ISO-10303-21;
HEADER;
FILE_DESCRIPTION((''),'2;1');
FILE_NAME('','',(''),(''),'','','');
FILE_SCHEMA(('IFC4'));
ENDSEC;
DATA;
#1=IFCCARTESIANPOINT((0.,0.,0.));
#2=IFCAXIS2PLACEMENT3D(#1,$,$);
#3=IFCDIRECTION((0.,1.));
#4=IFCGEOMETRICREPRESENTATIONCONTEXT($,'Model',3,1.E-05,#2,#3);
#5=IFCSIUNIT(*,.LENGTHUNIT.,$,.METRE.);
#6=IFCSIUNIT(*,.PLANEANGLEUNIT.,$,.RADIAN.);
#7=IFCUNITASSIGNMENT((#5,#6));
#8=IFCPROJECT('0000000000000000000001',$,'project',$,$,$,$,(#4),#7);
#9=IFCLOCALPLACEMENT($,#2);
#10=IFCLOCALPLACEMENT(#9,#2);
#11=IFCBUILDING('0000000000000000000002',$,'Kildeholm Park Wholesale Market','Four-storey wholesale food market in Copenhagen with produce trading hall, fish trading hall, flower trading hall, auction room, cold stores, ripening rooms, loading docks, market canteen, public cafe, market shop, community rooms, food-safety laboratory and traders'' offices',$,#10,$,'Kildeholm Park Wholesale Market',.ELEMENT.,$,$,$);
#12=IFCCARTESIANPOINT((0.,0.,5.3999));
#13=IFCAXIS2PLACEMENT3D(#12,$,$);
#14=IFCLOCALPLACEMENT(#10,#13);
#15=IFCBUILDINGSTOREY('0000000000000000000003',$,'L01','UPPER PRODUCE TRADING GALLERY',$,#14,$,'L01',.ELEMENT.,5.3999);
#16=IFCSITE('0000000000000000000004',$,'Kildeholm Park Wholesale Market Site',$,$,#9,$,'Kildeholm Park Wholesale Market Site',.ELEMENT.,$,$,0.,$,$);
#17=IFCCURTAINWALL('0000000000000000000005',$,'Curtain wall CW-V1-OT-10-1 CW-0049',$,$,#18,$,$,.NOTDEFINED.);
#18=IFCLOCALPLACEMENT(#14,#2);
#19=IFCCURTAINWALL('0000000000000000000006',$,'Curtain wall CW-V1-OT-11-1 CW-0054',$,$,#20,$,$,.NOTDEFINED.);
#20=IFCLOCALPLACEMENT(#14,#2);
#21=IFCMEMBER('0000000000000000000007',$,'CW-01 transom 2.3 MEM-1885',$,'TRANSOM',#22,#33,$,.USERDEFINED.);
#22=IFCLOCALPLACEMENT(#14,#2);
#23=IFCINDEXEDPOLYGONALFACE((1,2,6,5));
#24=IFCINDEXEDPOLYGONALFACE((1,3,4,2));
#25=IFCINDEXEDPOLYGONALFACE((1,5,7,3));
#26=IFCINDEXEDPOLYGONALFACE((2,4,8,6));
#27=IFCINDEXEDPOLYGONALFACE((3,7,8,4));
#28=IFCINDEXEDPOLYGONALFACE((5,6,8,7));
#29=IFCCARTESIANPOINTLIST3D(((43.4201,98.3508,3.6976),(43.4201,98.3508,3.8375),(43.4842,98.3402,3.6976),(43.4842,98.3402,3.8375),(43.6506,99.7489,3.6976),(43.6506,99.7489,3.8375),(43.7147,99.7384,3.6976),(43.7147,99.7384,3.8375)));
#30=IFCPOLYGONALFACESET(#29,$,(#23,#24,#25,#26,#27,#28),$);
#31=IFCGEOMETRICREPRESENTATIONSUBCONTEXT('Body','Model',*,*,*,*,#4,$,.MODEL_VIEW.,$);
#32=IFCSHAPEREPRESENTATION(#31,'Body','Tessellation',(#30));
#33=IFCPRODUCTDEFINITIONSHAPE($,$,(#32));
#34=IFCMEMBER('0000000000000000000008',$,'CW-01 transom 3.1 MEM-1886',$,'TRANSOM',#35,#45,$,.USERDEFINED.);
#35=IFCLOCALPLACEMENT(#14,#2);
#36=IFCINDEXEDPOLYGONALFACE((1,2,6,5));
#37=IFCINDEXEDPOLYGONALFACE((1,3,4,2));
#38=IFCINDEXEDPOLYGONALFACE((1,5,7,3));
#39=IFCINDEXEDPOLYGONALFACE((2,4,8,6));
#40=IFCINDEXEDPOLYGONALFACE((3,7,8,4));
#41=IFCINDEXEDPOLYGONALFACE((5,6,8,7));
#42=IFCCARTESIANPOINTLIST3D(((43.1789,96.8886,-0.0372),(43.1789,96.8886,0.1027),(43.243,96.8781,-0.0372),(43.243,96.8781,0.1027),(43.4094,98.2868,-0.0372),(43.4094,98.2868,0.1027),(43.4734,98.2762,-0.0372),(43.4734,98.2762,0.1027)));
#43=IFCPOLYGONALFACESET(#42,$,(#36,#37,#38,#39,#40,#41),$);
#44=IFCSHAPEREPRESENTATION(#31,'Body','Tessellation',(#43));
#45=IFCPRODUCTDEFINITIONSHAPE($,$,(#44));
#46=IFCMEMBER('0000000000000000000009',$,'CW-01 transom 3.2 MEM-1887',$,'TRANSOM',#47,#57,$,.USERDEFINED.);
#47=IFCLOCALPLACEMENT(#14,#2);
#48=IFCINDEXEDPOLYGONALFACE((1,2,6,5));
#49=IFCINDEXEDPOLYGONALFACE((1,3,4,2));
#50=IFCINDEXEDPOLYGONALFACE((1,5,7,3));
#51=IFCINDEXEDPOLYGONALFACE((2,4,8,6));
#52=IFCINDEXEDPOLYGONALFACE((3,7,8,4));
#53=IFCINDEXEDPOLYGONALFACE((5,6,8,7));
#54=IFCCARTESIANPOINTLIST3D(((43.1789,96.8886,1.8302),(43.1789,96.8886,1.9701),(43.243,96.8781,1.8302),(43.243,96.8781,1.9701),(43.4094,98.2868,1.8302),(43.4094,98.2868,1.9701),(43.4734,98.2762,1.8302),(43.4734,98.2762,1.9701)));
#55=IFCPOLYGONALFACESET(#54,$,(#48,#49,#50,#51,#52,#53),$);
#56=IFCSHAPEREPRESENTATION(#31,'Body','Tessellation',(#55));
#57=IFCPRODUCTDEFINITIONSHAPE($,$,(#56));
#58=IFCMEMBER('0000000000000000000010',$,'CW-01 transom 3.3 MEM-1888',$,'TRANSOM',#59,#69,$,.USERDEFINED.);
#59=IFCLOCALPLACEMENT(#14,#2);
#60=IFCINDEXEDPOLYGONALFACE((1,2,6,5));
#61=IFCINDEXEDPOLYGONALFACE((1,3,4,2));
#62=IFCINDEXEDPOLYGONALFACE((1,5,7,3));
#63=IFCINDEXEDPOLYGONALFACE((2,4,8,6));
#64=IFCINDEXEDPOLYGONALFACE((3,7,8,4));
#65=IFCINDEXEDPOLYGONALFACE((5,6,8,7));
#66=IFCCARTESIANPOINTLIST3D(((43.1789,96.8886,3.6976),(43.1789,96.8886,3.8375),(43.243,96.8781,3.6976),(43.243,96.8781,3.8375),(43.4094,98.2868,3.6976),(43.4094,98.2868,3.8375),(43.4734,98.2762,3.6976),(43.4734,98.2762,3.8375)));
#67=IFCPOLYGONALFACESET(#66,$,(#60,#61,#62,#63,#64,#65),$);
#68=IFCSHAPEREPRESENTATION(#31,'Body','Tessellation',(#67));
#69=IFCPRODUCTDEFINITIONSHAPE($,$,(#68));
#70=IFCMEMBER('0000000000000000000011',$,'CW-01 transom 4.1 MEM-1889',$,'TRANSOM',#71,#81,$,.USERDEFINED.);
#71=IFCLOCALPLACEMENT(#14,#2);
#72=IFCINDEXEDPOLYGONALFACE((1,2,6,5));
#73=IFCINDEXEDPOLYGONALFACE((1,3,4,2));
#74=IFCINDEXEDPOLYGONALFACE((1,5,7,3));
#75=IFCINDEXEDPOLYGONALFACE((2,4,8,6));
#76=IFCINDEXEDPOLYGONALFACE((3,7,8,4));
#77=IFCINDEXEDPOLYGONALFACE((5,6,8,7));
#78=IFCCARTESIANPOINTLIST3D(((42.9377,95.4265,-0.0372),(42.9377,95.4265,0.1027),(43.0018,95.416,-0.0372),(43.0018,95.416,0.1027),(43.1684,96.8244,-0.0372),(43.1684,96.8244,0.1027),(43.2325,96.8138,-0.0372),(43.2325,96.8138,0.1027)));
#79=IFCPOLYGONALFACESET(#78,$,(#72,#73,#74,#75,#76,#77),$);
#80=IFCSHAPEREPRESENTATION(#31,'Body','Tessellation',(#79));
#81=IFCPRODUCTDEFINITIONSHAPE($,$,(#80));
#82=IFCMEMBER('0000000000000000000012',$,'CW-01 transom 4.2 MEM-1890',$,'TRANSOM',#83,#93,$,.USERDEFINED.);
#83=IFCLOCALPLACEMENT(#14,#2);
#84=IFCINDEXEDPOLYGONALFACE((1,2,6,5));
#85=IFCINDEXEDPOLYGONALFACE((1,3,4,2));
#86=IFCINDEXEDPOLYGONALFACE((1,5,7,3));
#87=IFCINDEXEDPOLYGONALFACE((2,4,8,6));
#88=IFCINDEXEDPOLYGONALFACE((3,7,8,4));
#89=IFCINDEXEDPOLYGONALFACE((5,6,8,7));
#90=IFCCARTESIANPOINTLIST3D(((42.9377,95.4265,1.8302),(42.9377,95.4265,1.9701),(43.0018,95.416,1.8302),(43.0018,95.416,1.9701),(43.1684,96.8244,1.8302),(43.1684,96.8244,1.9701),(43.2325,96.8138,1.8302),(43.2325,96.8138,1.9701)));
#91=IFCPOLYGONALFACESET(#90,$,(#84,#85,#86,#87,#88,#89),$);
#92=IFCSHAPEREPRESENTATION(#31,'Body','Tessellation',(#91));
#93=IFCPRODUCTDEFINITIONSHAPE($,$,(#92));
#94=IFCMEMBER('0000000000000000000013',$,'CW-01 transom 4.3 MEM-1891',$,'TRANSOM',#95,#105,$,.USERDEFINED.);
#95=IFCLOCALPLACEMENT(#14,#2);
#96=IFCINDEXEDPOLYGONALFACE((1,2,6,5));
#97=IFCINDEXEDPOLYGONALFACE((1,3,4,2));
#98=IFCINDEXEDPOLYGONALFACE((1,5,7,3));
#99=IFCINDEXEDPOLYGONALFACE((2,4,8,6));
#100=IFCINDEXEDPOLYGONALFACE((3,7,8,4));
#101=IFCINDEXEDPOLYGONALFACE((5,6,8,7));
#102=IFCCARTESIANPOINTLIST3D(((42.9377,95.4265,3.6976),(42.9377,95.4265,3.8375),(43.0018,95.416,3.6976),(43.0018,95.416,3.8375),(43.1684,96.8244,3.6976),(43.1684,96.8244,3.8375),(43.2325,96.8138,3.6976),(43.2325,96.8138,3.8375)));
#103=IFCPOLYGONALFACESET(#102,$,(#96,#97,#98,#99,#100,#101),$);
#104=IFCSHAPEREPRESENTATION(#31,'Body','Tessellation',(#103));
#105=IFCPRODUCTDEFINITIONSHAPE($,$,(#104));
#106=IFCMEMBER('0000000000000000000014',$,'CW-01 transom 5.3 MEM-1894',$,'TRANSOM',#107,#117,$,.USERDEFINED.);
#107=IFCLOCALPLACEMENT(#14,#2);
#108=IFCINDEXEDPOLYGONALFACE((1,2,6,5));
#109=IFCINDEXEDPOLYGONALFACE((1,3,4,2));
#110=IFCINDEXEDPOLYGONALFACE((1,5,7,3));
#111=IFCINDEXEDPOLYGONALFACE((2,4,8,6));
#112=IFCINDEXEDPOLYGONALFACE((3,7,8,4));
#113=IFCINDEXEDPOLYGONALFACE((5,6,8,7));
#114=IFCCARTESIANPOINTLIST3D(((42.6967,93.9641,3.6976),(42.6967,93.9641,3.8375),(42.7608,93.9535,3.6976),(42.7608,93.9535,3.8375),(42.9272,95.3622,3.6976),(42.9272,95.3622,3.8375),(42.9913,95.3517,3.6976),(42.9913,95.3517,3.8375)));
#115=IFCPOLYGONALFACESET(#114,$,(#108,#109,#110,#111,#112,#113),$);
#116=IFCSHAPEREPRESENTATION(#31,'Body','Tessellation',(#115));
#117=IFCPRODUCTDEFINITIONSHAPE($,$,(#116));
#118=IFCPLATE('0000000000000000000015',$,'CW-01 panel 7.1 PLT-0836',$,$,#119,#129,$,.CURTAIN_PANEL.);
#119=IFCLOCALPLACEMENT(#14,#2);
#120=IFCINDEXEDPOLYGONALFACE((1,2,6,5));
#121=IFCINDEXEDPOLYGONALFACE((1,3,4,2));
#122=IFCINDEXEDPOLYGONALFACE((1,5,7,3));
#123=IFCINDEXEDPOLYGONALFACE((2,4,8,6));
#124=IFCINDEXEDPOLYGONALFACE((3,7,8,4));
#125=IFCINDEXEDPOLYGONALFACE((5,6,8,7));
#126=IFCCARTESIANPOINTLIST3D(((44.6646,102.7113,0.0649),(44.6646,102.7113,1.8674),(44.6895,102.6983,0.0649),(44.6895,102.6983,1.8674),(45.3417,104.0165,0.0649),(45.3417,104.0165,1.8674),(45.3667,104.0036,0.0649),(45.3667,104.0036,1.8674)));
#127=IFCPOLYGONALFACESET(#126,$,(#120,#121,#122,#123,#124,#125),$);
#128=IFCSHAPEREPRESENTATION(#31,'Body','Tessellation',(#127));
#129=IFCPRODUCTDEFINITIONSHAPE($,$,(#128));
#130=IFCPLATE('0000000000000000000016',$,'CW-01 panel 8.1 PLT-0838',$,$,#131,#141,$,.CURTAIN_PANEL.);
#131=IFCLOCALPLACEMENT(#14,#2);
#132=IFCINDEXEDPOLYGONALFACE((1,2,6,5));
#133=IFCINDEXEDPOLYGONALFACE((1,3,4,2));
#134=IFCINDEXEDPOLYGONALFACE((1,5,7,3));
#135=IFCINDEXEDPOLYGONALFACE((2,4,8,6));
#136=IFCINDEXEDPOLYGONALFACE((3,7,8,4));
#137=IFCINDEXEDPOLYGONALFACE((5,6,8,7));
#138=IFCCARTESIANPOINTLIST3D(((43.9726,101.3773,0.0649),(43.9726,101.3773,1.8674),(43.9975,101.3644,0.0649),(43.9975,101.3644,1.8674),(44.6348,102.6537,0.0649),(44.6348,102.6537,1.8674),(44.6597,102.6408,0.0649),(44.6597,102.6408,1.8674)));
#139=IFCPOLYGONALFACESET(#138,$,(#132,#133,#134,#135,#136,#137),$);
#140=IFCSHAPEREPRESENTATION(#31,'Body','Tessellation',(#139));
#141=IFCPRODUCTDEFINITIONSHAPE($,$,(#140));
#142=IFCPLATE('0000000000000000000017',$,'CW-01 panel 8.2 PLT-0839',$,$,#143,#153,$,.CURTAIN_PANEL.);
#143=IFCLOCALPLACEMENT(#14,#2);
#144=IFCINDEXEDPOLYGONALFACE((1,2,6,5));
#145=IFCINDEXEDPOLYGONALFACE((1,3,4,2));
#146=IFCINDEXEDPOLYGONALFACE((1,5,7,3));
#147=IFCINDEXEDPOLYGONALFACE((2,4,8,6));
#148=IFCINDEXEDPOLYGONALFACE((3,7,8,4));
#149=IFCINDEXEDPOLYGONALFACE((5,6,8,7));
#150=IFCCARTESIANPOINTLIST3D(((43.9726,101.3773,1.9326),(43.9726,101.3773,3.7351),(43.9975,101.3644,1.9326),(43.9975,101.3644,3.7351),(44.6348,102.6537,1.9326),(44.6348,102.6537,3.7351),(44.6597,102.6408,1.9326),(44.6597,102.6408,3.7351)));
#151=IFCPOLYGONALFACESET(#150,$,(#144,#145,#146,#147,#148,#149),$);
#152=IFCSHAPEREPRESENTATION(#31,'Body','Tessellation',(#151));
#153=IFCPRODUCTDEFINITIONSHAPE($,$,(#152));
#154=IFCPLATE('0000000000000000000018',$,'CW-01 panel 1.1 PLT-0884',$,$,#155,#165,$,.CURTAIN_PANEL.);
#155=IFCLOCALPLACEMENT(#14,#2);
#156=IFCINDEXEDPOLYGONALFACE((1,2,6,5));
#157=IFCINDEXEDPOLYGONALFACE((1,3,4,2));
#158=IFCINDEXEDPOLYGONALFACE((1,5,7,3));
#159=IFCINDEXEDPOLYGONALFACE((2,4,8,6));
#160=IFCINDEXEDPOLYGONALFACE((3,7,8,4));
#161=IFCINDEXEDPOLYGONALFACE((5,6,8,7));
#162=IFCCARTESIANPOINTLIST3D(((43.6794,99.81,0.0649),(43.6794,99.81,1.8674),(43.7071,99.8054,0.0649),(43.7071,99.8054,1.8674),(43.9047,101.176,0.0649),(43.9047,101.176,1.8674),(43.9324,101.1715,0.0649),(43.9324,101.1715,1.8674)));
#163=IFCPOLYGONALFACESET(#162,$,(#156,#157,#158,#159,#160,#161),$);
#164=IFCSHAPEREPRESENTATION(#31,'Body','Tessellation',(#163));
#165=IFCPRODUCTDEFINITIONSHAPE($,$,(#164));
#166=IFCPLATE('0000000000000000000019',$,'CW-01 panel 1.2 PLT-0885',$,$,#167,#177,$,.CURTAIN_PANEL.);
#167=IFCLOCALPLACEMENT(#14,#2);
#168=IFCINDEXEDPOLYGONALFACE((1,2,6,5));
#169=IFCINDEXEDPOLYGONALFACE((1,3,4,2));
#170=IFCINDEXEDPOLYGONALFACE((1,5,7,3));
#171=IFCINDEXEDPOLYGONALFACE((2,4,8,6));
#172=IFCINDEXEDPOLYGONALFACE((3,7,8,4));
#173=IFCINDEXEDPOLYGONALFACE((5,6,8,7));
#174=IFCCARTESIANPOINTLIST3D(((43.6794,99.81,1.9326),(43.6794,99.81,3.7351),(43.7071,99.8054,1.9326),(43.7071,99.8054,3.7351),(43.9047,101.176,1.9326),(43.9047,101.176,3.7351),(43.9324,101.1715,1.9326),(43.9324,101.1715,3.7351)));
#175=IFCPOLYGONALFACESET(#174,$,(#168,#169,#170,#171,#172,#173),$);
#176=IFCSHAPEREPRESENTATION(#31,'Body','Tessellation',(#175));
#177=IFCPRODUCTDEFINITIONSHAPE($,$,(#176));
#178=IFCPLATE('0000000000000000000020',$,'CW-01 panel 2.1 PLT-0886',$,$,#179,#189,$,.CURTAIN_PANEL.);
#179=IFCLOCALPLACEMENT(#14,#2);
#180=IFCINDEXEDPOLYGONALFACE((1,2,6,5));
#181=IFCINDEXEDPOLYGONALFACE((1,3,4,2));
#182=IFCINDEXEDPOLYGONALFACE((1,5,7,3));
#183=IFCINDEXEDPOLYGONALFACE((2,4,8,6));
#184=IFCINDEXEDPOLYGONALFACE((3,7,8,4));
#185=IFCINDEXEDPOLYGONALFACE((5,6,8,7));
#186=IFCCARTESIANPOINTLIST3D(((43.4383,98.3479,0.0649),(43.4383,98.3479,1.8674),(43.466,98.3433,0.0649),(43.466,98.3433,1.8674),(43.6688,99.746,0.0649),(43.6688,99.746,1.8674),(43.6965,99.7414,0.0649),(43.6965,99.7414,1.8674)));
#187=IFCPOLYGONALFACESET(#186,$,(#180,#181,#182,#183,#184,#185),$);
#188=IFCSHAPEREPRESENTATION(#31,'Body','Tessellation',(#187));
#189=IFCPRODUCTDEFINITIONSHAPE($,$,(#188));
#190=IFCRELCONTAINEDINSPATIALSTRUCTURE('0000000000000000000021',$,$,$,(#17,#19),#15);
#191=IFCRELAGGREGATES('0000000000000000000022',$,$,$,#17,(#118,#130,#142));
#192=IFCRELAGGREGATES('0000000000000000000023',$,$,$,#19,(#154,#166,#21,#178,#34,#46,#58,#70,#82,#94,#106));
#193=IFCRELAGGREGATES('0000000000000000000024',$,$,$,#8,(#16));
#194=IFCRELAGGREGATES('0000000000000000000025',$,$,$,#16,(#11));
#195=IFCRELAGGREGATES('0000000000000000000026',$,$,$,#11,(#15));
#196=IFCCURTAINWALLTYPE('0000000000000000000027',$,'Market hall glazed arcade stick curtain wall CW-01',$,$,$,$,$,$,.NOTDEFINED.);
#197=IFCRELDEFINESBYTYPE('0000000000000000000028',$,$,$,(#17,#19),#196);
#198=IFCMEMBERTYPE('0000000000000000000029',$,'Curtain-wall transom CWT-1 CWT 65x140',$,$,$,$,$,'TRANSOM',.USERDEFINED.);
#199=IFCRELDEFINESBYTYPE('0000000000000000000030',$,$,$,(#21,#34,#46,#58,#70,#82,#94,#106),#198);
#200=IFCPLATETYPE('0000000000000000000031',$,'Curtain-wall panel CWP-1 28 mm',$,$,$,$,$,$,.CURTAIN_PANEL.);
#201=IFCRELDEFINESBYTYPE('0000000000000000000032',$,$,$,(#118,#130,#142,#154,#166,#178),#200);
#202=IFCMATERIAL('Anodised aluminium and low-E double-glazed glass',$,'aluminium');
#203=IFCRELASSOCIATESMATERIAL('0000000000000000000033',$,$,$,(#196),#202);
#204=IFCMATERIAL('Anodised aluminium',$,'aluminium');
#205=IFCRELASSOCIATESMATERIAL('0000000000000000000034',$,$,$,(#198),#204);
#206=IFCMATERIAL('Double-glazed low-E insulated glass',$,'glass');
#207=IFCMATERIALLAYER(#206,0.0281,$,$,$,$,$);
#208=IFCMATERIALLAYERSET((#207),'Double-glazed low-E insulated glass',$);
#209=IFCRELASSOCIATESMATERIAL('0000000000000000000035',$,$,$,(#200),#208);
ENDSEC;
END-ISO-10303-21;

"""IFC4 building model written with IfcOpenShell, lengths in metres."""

from ifc_helpers import new_model, si_unit, direction, frame, origin, origin_2d, place, context, subcontext, project, spatial, rectangle, extrude, material, layer, layer_set, material_profile, profile_set, type_object, element, aggregate, save


model = new_model("IFC4")

# Units and contexts
model_context = context("Model", 3, precision=1e-05, world=origin(), true_north=direction((0.0, 1.0)))
body_context = subcontext(model_context, "Body", "Model", "MODEL_VIEW")
ifc_project = project(units=[si_unit("LENGTHUNIT", "METRE"), si_unit("PLANEANGLEUNIT", "RADIAN")], contexts=[model_context])

# Site, building, storey
site_placement = place(None, origin())
site = spatial("IfcSite", under=ifc_project, at=site_placement, Name="Kildeholm Park Wholesale Market Site", LongName="Kildeholm Park Wholesale Market Site", CompositionType="ELEMENT", RefElevation=0.0)
building_placement = place(site_placement, origin())
building = spatial("IfcBuilding", under=site, at=building_placement, Name="Kildeholm Park Wholesale Market", Description="Four-storey wholesale food market in Copenhagen with produce trading hall, fish trading hall, flower trading hall, auction room, cold stores, ripening rooms, loading docks, market canteen, public cafe, market shop, community rooms, food-safety laboratory and traders' offices", LongName="Kildeholm Park Wholesale Market", CompositionType="ELEMENT")
storey_placement = place(building_placement, frame((0.0, 0.0, 5.3999)))
storey = spatial("IfcBuildingStorey", under=building, at=storey_placement, Name="L01", Description="UPPER PRODUCE TRADING GALLERY", LongName="L01", CompositionType="ELEMENT", Elevation=5.3999)

# Curtain walls
ifc_material_1 = material(Name="Anodised aluminium and low-E double-glazed glass", Category="aluminium")
curtain_wall_type = type_object("IfcCurtainWallType", Name="Market hall glazed arcade stick curtain wall CW-01", PredefinedType="NOTDEFINED", material=ifc_material_1)
curtain_wall_1_placement = place(storey_placement, origin())
curtain_wall_1 = element("IfcCurtainWall", 1, at=curtain_wall_1_placement, inside=storey, type_object=curtain_wall_type, Name="Curtain wall CW-V1-OT-10-1 CW-0049", PredefinedType="NOTDEFINED")
ifc_material_2 = material(Name="Anodised aluminium", Category="aluminium")
curtain_wall_2_placement = place(storey_placement, origin())
curtain_wall_2 = element("IfcCurtainWall", 2, at=curtain_wall_2_placement, inside=storey, type_object=curtain_wall_type, Name="Curtain wall CW-V1-OT-11-1 CW-0054", PredefinedType="NOTDEFINED")

# Members
ifc_material_profile_1 = material_profile(ifc_material_2, rectangle(XDim=0.0649, YDim=0.1399, at=origin_2d()), Name="CWT 65x140")
ifc_profile_set_1 = profile_set([ifc_material_profile_1], Name="Anodised aluminium")
member_type_1 = type_object("IfcMemberType", Name="Curtain-wall transom CWT-1 CWT 65x140", ElementType="TRANSOM", PredefinedType="USERDEFINED", material=ifc_profile_set_1)
member_1_placement = place(storey_placement, frame((43.6826, 99.7437, 3.7676), z_axis=(-0.162639, -0.986686, 0.0), x_axis=(0.986686, -0.162639, 0.0)))
member_1 = element("IfcMember", 3, at=member_1_placement, type_object=member_type_1, Name="CW-01 transom 2.3 MEM-1885", ObjectType="TRANSOM", PredefinedType="USERDEFINED", context=body_context, shape_type="SweptSolid", body=[
    extrude(rectangle(XDim=0.0649, YDim=0.1399, at=origin_2d()), origin(), (0.0, 0.0, 1.0), 1.417),
])
member_2_placement = place(storey_placement, frame((43.4414, 98.2815, 0.0327), z_axis=(-0.162639, -0.986686, 0.0), x_axis=(0.986686, -0.162639, 0.0)))
member_2 = element("IfcMember", 4, at=member_2_placement, type_object=member_type_1, Name="CW-01 transom 3.1 MEM-1886", ObjectType="TRANSOM", PredefinedType="USERDEFINED", context=body_context, shape_type="SweptSolid", body=[
    extrude(rectangle(XDim=0.0649, YDim=0.1399, at=origin_2d()), origin(), (0.0, 0.0, 1.0), 1.417),
])
member_3_placement = place(storey_placement, frame((43.4414, 98.2815, 1.9001), z_axis=(-0.162639, -0.986686, 0.0), x_axis=(0.986686, -0.162639, 0.0)))
member_3 = element("IfcMember", 5, at=member_3_placement, type_object=member_type_1, Name="CW-01 transom 3.2 MEM-1887", ObjectType="TRANSOM", PredefinedType="USERDEFINED", context=body_context, shape_type="SweptSolid", body=[
    extrude(rectangle(XDim=0.0649, YDim=0.1399, at=origin_2d()), origin(), (0.0, 0.0, 1.0), 1.417),
])
member_4_placement = place(storey_placement, frame((43.4414, 98.2815, 3.7676), z_axis=(-0.162639, -0.986686, 0.0), x_axis=(0.986686, -0.162639, 0.0)))
member_4 = element("IfcMember", 6, at=member_4_placement, type_object=member_type_1, Name="CW-01 transom 3.3 MEM-1888", ObjectType="TRANSOM", PredefinedType="USERDEFINED", context=body_context, shape_type="SweptSolid", body=[
    extrude(rectangle(XDim=0.0649, YDim=0.1399, at=origin_2d()), origin(), (0.0, 0.0, 1.0), 1.417),
])
member_5_placement = place(storey_placement, frame((43.2004, 96.8191, 0.0327), z_axis=(-0.162834, -0.986653, 0.0), x_axis=(0.986653, -0.162834, 0.0)))
member_5 = element("IfcMember", 7, at=member_5_placement, type_object=member_type_1, Name="CW-01 transom 4.1 MEM-1889", ObjectType="TRANSOM", PredefinedType="USERDEFINED", context=body_context, shape_type="SweptSolid", body=[
    extrude(rectangle(XDim=0.0649, YDim=0.1399, at=origin_2d()), origin(), (0.0, 0.0, 1.0), 1.4167),
])
member_6_placement = place(storey_placement, frame((43.2004, 96.8191, 1.9001), z_axis=(-0.162834, -0.986653, 0.0), x_axis=(0.986653, -0.162834, 0.0)))
member_6 = element("IfcMember", 8, at=member_6_placement, type_object=member_type_1, Name="CW-01 transom 4.2 MEM-1890", ObjectType="TRANSOM", PredefinedType="USERDEFINED", context=body_context, shape_type="SweptSolid", body=[
    extrude(rectangle(XDim=0.0649, YDim=0.1399, at=origin_2d()), origin(), (0.0, 0.0, 1.0), 1.4167),
])
member_7_placement = place(storey_placement, frame((43.2004, 96.8191, 3.7676), z_axis=(-0.162834, -0.986653, 0.0), x_axis=(0.986653, -0.162834, 0.0)))
member_7 = element("IfcMember", 9, at=member_7_placement, type_object=member_type_1, Name="CW-01 transom 4.3 MEM-1891", ObjectType="TRANSOM", PredefinedType="USERDEFINED", context=body_context, shape_type="SweptSolid", body=[
    extrude(rectangle(XDim=0.0649, YDim=0.1399, at=origin_2d()), origin(), (0.0, 0.0, 1.0), 1.4167),
])
member_8_placement = place(storey_placement, frame((42.9592, 95.3569, 3.7676), z_axis=(-0.162639, -0.986686, 0.0), x_axis=(0.986686, -0.162639, 0.0)))
member_8 = element("IfcMember", 10, at=member_8_placement, type_object=member_type_1, Name="CW-01 transom 5.3 MEM-1894", ObjectType="TRANSOM", PredefinedType="USERDEFINED", context=body_context, shape_type="SweptSolid", body=[
    extrude(rectangle(XDim=0.0649, YDim=0.1399, at=origin_2d()), origin(), (0.0, 0.0, 1.0), 1.417),
])

# Plates
ifc_material_3 = material(Name="Double-glazed low-E insulated glass", Category="glass")
ifc_layer = layer(ifc_material_3, 0.0281)
ifc_layer_set = layer_set([ifc_layer], Name="Double-glazed low-E insulated glass")
plate_type = type_object("IfcPlateType", Name="Curtain-wall panel CWP-1 28 mm", PredefinedType="CURTAIN_PANEL", material=ifc_layer_set)
plate_1_placement = place(storey_placement, frame((45.0156, 103.3574, 0.0649), z_axis=(0.0, 0.0, 1.0), x_axis=(-0.460514, -0.887652, 0.0)))
plate_1 = element("IfcPlate", 11, at=plate_1_placement, type_object=plate_type, Name="CW-01 panel 7.1 PLT-0836", PredefinedType="CURTAIN_PANEL", context=body_context, shape_type="SweptSolid", body=[
    extrude(rectangle(XDim=1.4705, YDim=0.0281, at=origin_2d()), origin(), (0.0, 0.0, 1.0), 1.8025),
])
plate_2_placement = place(storey_placement, frame((44.3162, 102.009, 0.0649), z_axis=(0.0, 0.0, 1.0), x_axis=(-0.460514, -0.887652, 0.0)))
plate_2 = element("IfcPlate", 12, at=plate_2_placement, type_object=plate_type, Name="CW-01 panel 8.1 PLT-0838", PredefinedType="CURTAIN_PANEL", context=body_context, shape_type="SweptSolid", body=[
    extrude(rectangle(XDim=1.438, YDim=0.0281, at=origin_2d()), origin(), (0.0, 0.0, 1.0), 1.8025),
])
plate_3_placement = place(storey_placement, frame((44.3162, 102.009, 1.9326), z_axis=(0.0, 0.0, 1.0), x_axis=(-0.460514, -0.887652, 0.0)))
plate_3 = element("IfcPlate", 13, at=plate_3_placement, type_object=plate_type, Name="CW-01 panel 8.2 PLT-0839", PredefinedType="CURTAIN_PANEL", context=body_context, shape_type="SweptSolid", body=[
    extrude(rectangle(XDim=1.438, YDim=0.0281, at=origin_2d()), origin(), (0.0, 0.0, 1.0), 1.8025),
])
aggregate(curtain_wall_1, [plate_1, plate_2, plate_3])
plate_4_placement = place(storey_placement, frame((43.8059, 100.4907, 0.0649), z_axis=(0.0, 0.0, 1.0), x_axis=(-0.162703, -0.986675, 0.0)))
plate_4 = element("IfcPlate", 14, at=plate_4_placement, type_object=plate_type, Name="CW-01 panel 1.1 PLT-0884", PredefinedType="CURTAIN_PANEL", context=body_context, shape_type="SweptSolid", body=[
    extrude(rectangle(XDim=1.3845, YDim=0.0281, at=origin_2d()), origin(), (0.0, 0.0, 1.0), 1.8025),
])
plate_5_placement = place(storey_placement, frame((43.8059, 100.4907, 1.9326), z_axis=(0.0, 0.0, 1.0), x_axis=(-0.162703, -0.986675, 0.0)))
plate_5 = element("IfcPlate", 15, at=plate_5_placement, type_object=plate_type, Name="CW-01 panel 1.2 PLT-0885", PredefinedType="CURTAIN_PANEL", context=body_context, shape_type="SweptSolid", body=[
    extrude(rectangle(XDim=1.3845, YDim=0.0281, at=origin_2d()), origin(), (0.0, 0.0, 1.0), 1.8025),
])
plate_6_placement = place(storey_placement, frame((43.5674, 99.0447, 0.0649), z_axis=(0.0, 0.0, 1.0), x_axis=(-0.162703, -0.986675, 0.0)))
plate_6 = element("IfcPlate", 16, at=plate_6_placement, type_object=plate_type, Name="CW-01 panel 2.1 PLT-0886", PredefinedType="CURTAIN_PANEL", context=body_context, shape_type="SweptSolid", body=[
    extrude(rectangle(XDim=1.417, YDim=0.0281, at=origin_2d()), origin(), (0.0, 0.0, 1.0), 1.8025),
])
aggregate(curtain_wall_2, [plate_4, plate_5, member_1, plate_6, member_2, member_3, member_4, member_5, member_6, member_7, member_8])

save(model, "model.ifc")
